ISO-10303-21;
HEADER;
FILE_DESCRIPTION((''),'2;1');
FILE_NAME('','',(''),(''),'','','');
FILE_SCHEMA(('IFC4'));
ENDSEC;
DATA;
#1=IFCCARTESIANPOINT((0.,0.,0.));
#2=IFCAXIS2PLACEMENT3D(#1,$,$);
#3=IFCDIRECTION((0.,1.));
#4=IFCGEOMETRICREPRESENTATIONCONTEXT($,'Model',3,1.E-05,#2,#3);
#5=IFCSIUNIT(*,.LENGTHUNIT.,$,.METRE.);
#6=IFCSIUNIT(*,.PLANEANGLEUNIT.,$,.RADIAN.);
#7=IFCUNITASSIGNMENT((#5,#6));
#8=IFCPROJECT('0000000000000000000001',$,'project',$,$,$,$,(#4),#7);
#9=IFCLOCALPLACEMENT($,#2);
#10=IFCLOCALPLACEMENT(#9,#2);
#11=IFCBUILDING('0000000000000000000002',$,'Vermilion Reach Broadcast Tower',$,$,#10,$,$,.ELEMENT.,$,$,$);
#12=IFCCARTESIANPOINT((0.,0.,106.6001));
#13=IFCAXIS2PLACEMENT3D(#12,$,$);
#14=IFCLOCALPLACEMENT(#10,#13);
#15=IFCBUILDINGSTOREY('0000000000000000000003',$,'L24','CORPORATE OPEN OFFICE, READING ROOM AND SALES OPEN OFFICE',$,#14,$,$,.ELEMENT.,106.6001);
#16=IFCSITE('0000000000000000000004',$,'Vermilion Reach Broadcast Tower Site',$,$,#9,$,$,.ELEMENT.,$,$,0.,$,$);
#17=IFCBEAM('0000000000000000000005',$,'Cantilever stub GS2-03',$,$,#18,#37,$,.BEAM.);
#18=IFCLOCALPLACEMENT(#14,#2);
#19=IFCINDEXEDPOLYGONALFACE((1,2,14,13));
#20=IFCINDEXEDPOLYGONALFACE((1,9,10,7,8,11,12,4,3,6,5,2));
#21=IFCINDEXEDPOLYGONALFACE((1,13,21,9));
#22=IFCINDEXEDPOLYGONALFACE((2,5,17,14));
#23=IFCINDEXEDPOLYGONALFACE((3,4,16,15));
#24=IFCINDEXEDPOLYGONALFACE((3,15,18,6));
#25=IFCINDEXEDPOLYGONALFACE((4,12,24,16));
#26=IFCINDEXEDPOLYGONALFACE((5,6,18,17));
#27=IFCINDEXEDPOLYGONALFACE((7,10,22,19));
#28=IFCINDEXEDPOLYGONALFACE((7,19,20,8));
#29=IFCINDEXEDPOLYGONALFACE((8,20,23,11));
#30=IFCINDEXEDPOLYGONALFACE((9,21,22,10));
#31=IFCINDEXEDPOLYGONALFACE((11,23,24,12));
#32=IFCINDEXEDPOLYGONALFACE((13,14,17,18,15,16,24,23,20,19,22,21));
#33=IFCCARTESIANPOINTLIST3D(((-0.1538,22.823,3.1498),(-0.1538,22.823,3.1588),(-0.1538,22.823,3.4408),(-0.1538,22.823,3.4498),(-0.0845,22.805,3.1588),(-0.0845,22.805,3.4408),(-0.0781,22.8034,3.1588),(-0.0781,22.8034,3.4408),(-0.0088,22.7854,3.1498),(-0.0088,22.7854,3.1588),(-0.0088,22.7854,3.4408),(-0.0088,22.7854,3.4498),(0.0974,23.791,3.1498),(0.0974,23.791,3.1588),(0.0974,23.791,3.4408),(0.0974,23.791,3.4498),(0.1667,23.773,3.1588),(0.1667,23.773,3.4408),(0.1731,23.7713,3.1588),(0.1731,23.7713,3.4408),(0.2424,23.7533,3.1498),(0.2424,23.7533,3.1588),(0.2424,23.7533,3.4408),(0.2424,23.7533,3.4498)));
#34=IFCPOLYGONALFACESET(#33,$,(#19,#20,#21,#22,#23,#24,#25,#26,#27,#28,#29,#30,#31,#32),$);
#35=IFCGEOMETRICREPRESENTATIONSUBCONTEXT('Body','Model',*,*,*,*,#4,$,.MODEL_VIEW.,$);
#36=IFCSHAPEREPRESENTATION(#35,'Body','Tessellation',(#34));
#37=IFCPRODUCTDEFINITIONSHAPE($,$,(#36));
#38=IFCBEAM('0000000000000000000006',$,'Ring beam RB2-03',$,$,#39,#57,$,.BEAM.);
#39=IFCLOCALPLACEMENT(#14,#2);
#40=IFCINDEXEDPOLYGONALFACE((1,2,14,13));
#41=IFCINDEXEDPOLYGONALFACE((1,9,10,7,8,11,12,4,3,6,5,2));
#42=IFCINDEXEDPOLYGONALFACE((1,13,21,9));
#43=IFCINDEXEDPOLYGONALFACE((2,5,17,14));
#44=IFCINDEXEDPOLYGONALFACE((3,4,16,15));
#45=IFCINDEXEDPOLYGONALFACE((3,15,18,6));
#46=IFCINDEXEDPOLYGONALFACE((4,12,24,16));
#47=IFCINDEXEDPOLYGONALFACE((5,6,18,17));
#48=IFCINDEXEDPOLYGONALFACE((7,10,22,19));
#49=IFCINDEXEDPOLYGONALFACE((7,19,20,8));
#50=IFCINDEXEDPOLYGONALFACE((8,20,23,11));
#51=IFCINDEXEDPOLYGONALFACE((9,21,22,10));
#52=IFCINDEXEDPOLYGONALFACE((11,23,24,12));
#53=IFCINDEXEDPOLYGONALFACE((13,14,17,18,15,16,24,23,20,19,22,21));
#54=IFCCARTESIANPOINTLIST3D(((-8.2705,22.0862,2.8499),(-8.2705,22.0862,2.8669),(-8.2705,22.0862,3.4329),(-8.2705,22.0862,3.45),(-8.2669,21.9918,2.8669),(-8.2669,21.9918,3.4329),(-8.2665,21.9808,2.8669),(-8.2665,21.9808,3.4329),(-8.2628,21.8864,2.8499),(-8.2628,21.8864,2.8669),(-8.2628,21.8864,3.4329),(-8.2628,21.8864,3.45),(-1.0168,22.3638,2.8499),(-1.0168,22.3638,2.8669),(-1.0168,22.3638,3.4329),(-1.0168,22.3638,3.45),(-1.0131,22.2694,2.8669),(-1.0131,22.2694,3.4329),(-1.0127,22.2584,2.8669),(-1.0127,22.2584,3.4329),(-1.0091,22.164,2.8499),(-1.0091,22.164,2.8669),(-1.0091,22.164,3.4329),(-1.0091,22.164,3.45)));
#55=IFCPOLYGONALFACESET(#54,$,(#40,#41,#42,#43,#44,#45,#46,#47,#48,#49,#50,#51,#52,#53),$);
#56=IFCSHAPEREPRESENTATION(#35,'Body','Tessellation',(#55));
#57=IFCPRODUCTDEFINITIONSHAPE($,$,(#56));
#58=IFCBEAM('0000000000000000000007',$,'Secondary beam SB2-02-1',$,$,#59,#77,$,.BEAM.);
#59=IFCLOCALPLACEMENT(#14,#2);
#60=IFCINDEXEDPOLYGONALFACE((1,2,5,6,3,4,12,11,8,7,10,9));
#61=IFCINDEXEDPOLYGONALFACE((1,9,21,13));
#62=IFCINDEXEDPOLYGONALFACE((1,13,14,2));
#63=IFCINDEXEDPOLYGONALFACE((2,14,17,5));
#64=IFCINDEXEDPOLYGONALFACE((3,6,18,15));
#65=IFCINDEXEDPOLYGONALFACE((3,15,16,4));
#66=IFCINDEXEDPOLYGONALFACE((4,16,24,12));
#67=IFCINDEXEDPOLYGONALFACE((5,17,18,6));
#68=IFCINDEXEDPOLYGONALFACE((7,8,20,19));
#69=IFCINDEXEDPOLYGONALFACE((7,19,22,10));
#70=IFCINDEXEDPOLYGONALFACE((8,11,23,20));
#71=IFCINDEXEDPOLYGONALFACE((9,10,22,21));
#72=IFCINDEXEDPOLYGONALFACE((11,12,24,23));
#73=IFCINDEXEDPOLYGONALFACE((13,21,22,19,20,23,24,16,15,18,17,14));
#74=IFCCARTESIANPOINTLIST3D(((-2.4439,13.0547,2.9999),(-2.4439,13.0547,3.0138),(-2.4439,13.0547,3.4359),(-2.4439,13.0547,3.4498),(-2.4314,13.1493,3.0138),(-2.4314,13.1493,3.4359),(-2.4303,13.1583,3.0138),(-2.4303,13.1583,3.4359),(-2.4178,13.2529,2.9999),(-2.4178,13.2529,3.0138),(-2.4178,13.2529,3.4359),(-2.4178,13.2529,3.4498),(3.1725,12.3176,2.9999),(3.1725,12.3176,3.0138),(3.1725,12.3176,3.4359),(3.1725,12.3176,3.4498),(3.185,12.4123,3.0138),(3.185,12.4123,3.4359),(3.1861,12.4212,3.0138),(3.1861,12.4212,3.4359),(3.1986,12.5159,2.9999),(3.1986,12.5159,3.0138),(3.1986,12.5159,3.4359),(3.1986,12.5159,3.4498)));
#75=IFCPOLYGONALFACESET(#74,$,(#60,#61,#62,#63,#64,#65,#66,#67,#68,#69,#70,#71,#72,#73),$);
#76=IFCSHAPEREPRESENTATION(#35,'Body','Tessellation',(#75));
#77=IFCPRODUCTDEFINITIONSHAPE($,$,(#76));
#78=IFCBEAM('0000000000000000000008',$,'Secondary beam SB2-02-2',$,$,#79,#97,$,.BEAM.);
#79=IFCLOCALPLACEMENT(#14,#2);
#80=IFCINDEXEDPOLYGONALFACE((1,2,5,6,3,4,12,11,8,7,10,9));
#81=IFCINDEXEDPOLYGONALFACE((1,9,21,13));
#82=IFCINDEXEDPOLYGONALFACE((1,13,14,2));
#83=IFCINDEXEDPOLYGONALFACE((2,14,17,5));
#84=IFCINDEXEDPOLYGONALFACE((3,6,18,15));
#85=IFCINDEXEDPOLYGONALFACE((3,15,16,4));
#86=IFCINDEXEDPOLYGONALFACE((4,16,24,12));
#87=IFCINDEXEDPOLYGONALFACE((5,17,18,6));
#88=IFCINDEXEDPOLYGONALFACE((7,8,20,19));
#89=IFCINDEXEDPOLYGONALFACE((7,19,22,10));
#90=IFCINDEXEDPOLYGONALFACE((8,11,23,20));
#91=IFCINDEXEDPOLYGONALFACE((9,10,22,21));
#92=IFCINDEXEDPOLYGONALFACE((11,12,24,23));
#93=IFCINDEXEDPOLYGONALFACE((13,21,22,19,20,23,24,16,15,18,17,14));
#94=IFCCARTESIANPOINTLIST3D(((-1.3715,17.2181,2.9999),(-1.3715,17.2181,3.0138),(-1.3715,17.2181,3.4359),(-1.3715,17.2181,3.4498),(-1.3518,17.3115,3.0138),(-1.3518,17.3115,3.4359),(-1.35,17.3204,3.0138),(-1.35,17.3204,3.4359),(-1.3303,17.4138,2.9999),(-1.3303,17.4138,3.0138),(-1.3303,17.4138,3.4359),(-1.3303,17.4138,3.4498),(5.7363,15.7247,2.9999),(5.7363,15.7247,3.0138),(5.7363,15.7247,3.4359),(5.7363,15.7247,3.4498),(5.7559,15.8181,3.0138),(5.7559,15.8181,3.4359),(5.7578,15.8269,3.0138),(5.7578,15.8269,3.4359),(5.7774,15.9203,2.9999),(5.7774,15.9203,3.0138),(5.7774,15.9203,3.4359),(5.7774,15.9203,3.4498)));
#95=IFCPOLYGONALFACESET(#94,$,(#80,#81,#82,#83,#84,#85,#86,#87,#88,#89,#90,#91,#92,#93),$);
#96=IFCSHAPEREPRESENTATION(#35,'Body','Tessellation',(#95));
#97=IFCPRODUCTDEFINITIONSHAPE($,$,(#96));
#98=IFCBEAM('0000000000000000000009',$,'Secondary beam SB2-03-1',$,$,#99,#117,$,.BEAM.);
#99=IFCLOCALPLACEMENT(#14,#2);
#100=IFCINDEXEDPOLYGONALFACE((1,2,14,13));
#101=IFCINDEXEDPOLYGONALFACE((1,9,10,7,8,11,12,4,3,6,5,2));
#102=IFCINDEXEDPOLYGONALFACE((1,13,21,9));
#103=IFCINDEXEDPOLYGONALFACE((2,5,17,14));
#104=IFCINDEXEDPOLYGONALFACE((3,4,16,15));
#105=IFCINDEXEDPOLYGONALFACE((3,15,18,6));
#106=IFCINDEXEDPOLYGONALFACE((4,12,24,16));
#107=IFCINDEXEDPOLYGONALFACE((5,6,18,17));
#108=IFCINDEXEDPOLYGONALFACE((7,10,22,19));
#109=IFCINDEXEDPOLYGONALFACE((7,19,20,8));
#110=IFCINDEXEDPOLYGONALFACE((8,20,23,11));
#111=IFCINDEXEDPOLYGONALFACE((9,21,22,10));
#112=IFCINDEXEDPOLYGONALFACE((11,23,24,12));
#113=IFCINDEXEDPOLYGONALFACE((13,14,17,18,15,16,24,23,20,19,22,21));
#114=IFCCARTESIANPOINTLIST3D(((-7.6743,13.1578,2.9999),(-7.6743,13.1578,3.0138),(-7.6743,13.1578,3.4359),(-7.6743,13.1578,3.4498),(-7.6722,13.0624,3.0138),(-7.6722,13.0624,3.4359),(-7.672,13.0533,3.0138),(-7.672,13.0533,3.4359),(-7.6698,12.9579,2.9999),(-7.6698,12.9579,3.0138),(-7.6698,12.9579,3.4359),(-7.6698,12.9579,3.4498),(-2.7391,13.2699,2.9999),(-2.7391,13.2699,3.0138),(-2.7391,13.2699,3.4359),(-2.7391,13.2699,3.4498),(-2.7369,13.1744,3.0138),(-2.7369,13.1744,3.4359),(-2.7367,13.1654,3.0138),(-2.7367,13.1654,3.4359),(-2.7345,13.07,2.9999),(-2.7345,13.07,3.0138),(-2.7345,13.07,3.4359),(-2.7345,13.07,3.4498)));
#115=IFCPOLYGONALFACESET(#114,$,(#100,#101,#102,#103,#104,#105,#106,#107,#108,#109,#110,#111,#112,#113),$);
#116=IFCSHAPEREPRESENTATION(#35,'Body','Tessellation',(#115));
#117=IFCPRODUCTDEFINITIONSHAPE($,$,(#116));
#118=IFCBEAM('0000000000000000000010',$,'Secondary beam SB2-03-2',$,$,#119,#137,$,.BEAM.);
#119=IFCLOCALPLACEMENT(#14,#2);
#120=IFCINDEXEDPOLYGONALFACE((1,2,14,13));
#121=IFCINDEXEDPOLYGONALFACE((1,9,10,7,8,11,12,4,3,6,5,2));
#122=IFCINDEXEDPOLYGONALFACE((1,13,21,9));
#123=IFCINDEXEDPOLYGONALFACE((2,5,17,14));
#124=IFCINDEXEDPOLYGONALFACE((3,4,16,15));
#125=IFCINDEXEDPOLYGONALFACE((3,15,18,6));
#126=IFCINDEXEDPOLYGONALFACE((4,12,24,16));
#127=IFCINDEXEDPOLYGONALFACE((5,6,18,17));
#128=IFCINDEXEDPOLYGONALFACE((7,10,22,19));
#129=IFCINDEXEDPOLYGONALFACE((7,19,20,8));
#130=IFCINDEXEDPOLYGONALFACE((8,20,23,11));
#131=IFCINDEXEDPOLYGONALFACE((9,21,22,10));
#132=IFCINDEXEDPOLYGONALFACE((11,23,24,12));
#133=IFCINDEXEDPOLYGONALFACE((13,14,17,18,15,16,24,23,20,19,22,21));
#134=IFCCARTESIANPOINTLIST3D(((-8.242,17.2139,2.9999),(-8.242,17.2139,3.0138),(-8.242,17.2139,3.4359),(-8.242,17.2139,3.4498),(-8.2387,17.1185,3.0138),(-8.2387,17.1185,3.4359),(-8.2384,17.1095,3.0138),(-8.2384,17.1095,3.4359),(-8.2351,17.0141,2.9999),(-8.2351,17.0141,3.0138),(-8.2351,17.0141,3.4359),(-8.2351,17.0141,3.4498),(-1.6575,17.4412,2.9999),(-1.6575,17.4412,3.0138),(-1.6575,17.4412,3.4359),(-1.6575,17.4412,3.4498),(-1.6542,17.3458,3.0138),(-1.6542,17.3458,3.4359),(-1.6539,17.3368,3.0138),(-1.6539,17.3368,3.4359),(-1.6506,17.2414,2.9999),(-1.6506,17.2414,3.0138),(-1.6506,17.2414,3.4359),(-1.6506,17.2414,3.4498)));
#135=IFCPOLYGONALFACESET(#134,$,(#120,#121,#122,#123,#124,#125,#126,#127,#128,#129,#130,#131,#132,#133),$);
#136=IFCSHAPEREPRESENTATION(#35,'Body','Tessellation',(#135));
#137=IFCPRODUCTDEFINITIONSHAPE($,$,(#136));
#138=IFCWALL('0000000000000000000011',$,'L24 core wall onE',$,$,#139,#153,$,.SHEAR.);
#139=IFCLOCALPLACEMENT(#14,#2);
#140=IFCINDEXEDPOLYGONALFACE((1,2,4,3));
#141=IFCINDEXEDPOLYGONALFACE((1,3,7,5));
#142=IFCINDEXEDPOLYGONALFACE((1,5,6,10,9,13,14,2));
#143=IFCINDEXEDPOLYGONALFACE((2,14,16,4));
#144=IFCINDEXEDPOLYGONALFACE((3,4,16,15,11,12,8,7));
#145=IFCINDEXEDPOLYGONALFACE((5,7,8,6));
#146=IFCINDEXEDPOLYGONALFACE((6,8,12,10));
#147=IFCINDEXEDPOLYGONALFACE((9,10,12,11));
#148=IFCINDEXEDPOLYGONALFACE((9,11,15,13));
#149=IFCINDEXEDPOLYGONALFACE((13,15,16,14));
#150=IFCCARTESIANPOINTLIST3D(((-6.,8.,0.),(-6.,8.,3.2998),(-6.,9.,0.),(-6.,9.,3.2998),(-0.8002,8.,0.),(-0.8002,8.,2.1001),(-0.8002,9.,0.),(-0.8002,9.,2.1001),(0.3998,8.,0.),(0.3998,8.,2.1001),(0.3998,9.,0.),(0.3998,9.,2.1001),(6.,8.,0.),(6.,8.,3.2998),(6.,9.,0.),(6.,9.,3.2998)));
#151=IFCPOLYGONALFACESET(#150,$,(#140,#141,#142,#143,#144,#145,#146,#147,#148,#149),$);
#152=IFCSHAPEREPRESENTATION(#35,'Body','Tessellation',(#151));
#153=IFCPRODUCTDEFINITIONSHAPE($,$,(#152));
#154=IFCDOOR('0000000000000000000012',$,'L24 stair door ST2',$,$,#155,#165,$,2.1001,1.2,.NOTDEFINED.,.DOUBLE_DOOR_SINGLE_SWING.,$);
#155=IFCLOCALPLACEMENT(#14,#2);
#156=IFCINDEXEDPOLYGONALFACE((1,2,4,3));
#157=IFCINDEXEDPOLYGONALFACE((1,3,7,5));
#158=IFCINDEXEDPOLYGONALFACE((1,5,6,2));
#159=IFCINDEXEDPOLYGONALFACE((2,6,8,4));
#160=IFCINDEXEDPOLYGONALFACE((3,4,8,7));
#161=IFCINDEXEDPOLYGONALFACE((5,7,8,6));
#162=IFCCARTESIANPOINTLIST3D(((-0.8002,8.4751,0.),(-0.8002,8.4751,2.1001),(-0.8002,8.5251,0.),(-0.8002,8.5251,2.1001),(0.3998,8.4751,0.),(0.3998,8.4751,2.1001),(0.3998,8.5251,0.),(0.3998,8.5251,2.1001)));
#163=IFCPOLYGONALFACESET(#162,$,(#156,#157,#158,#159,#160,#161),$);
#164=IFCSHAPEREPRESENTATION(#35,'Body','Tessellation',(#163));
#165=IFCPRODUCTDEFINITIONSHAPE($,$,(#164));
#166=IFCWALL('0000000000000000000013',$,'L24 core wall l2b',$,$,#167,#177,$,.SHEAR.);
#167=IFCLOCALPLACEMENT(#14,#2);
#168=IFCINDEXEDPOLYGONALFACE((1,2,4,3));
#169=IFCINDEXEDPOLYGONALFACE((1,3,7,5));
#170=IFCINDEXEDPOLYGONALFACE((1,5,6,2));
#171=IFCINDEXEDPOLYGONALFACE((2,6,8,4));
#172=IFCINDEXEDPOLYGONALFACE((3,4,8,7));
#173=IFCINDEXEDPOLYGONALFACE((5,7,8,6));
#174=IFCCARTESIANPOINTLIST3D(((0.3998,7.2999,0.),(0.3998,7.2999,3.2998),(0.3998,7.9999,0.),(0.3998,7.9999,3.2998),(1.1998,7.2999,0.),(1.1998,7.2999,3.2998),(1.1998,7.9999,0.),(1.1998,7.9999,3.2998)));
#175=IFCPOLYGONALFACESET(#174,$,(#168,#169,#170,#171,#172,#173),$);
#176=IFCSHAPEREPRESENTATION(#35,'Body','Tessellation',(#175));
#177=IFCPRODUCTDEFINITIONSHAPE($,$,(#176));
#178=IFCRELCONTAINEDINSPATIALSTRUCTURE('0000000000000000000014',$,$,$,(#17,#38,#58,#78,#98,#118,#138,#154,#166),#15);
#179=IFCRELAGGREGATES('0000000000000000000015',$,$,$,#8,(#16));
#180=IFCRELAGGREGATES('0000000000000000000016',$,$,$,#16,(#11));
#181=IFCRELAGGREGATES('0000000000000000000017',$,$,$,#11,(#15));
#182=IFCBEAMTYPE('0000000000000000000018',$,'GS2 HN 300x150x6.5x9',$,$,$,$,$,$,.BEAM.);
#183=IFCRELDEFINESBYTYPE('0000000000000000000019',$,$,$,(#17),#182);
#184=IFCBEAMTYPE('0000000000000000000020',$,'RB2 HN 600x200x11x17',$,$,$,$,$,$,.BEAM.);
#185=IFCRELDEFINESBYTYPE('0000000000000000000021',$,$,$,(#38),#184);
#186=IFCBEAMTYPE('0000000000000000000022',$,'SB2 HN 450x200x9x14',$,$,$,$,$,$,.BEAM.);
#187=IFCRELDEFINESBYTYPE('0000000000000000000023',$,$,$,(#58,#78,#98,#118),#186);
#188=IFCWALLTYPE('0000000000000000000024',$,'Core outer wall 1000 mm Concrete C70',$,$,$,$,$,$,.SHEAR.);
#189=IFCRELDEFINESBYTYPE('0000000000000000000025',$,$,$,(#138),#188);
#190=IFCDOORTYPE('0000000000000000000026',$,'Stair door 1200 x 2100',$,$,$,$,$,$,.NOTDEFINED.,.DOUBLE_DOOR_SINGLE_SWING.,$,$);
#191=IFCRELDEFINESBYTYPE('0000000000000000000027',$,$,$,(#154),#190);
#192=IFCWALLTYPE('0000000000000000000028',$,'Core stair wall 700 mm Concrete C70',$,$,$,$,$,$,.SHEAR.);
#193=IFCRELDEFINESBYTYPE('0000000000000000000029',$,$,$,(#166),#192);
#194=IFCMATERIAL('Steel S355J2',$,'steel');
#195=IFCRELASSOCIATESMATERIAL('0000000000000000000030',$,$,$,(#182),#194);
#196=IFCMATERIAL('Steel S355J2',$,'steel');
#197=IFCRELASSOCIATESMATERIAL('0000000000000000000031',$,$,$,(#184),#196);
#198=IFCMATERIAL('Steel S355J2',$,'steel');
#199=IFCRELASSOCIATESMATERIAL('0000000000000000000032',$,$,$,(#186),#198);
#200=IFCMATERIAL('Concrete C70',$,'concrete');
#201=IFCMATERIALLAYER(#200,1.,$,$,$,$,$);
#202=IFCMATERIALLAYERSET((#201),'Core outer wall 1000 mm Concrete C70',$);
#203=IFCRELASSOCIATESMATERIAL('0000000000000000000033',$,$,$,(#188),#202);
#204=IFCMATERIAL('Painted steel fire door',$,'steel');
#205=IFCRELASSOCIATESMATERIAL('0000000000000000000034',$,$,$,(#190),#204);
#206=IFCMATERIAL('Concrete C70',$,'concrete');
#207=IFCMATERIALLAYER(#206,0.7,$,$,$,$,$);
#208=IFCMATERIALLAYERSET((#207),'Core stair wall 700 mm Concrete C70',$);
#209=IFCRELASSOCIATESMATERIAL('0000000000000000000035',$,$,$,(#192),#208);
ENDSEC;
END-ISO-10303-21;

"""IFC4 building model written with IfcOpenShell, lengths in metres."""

from ifc_helpers import new_model, si_unit, direction, frame, frame_2d, origin, origin_2d, place, context, subcontext, project, spatial, rectangle, i_section, extrude, material, layer, layer_set, material_profile, profile_set, type_object, element, fill, save


model = new_model("IFC4")

# Units and contexts
model_context = context("Model", 3, precision=1e-05, world=origin(), true_north=direction((0.0, 1.0)))
body_context = subcontext(model_context, "Body", "Model", "MODEL_VIEW")
ifc_project = project(units=[si_unit("LENGTHUNIT", "METRE"), si_unit("PLANEANGLEUNIT", "RADIAN")], contexts=[model_context])

# Site, building, storey
site_placement = place(None, origin())
site = spatial("IfcSite", under=ifc_project, at=site_placement, Name="Vermilion Reach Broadcast Tower Site", CompositionType="ELEMENT", RefElevation=0.0)
building_placement = place(site_placement, origin())
building = spatial("IfcBuilding", under=site, at=building_placement, Name="Vermilion Reach Broadcast Tower", CompositionType="ELEMENT")
storey_placement = place(building_placement, frame((0.0, 0.0, 106.6001)))
storey = spatial("IfcBuildingStorey", under=building, at=storey_placement, Name="L24", Description="CORPORATE OPEN OFFICE, READING ROOM AND SALES OPEN OFFICE", CompositionType="ELEMENT", Elevation=106.6001)

# Beams
ifc_material_1 = material(Name="Steel S355J2", Category="steel")
ifc_material_profile_1 = material_profile(ifc_material_1, i_section(OverallWidth=0.1499, OverallDepth=0.3, WebThickness=0.0066, FlangeThickness=0.009, at=origin_2d()), Name="S355J2 HN 300x150x6.5x9")
ifc_profile_set_1 = profile_set([ifc_material_profile_1], Name="Steel S355J2")
beam_type_1 = type_object("IfcBeamType", Name="GS2 HN 300x150x6.5x9", PredefinedType="BEAM", material=ifc_profile_set_1)
beam_1_placement = place(storey_placement, frame((-0.0813, 22.8042, 3.2998), z_axis=(0.251199, 0.967935, 0.0), x_axis=(-0.967935, 0.251199, 0.0)))
element("IfcBeam", 1, at=beam_1_placement, inside=storey, type_object=beam_type_1, Name="Cantilever stub GS2-03", PredefinedType="BEAM", context=body_context, shape_type="SweptSolid", body=[
    extrude(i_section(OverallWidth=0.1499, OverallDepth=0.3, WebThickness=0.0066, FlangeThickness=0.009, at=origin_2d()), origin(), (0.0, 0.0, 1.0), 1.0),
])
ifc_material_2 = material(Name="Steel S355J2", Category="steel")
ifc_material_profile_2 = material_profile(ifc_material_2, i_section(OverallWidth=0.2, OverallDepth=0.6001, WebThickness=0.011, FlangeThickness=0.0171, at=origin_2d()), Name="S355J2 HN 600x200x11x17")
ifc_profile_set_2 = profile_set([ifc_material_profile_2], Name="Steel S355J2")
beam_type_2 = type_object("IfcBeamType", Name="RB2 HN 600x200x11x17", PredefinedType="BEAM", material=ifc_profile_set_2)
beam_2_placement = place(storey_placement, frame((-1.0129, 22.2639, 3.1499), z_axis=(-0.999269, -0.038241, 0.0), x_axis=(0.038241, -0.999269, 0.0)))
element("IfcBeam", 2, at=beam_2_placement, inside=storey, type_object=beam_type_2, Name="Ring beam RB2-03", PredefinedType="BEAM", context=body_context, shape_type="SweptSolid", body=[
    extrude(i_section(OverallWidth=0.2, OverallDepth=0.6001, WebThickness=0.011, FlangeThickness=0.0171, at=origin_2d()), origin(), (0.0, 0.0, 1.0), 7.259),
])
ifc_material_3 = material(Name="Steel S355J2", Category="steel")
ifc_material_profile_3 = material_profile(ifc_material_3, i_section(OverallWidth=0.2, OverallDepth=0.45, WebThickness=0.009, FlangeThickness=0.0139, at=origin_2d()), Name="S355J2 HN 450x200x9x14")
ifc_profile_set_3 = profile_set([ifc_material_profile_3], Name="Steel S355J2")
beam_type_3 = type_object("IfcBeamType", Name="SB2 HN 450x200x9x14", PredefinedType="BEAM", material=ifc_profile_set_3)
beam_3_placement = place(storey_placement, frame((3.1855, 12.4167, 3.2249), z_axis=(-0.991499, 0.130117, 0.0), x_axis=(-0.130117, -0.991499, 0.0)))
element("IfcBeam", 3, at=beam_3_placement, inside=storey, type_object=beam_type_3, Name="Secondary beam SB2-02-1", PredefinedType="BEAM", context=body_context, shape_type="SweptSolid", body=[
    extrude(i_section(OverallWidth=0.2, OverallDepth=0.45, WebThickness=0.009, FlangeThickness=0.0139, at=origin_2d()), origin(), (0.0, 0.0, 1.0), 5.6646),
])
beam_4_placement = place(storey_placement, frame((5.7568, 15.8225, 3.2249), z_axis=(-0.978631, 0.205623, 0.0), x_axis=(-0.205623, -0.978631, 0.0)))
element("IfcBeam", 4, at=beam_4_placement, inside=storey, type_object=beam_type_3, Name="Secondary beam SB2-02-2", PredefinedType="BEAM", context=body_context, shape_type="SweptSolid", body=[
    extrude(i_section(OverallWidth=0.2, OverallDepth=0.45, WebThickness=0.009, FlangeThickness=0.0139, at=origin_2d()), origin(), (0.0, 0.0, 1.0), 7.2629),
])
beam_5_placement = place(storey_placement, frame((-2.7368, 13.1699, 3.2249), z_axis=(-0.999742, -0.0227, 0.0), x_axis=(0.0227, -0.999742, 0.0)))
element("IfcBeam", 5, at=beam_5_placement, inside=storey, type_object=beam_type_3, Name="Secondary beam SB2-03-1", PredefinedType="BEAM", context=body_context, shape_type="SweptSolid", body=[
    extrude(i_section(OverallWidth=0.2, OverallDepth=0.45, WebThickness=0.009, FlangeThickness=0.0139, at=origin_2d()), origin(), (0.0, 0.0, 1.0), 4.9365),
])
beam_6_placement = place(storey_placement, frame((-1.6541, 17.3413, 3.2249), z_axis=(-0.999405, -0.034499, 0.0), x_axis=(0.034499, -0.999405, 0.0)))
element("IfcBeam", 6, at=beam_6_placement, inside=storey, type_object=beam_type_3, Name="Secondary beam SB2-03-2", PredefinedType="BEAM", context=body_context, shape_type="SweptSolid", body=[
    extrude(i_section(OverallWidth=0.2, OverallDepth=0.45, WebThickness=0.009, FlangeThickness=0.0139, at=origin_2d()), origin(), (0.0, 0.0, 1.0), 6.5884),
])

# Wall, opening, door
ifc_material_4 = material(Name="Concrete C70", Category="concrete")
ifc_layer_1 = layer(ifc_material_4, 1.0)
ifc_layer_set_1 = layer_set([ifc_layer_1], Name="Core outer wall 1000 mm Concrete C70")
wall_type_1 = type_object("IfcWallType", Name="Core outer wall 1000 mm Concrete C70", PredefinedType="SHEAR", material=ifc_layer_set_1)
wall_1_placement = place(storey_placement, frame((6.0, 8.5, 0.0), z_axis=(0.0, 0.0, 1.0), x_axis=(-1.0, 0.0, 0.0)))
wall_1 = element("IfcWall", 7, at=wall_1_placement, inside=storey, type_object=wall_type_1, Name="L24 core wall onE", PredefinedType="SHEAR", context=body_context, shape_type="SweptSolid", body=[
    extrude(rectangle(XDim=12.0, YDim=1.0, at=frame_2d((6.0, 0.0))), origin(), (0.0, 0.0, 1.0), 3.2998),
])
opening_1_placement = place(wall_1_placement, frame((5.6001, 0.0, 0.0)))
opening_1 = element("IfcOpeningElement", 8, at=opening_1_placement, cuts=wall_1, PredefinedType="OPENING", context=body_context, shape_type="SweptSolid", body=[
    extrude(rectangle(XDim=1.2, YDim=2.1001, at=frame_2d((0.6001, 1.05))), frame((0.0, 0.51, 0.0), z_axis=(0.0, -1.0, 0.0), x_axis=(1.0, 0.0, 0.0)), (0.0, 0.0, 1.0), 1.02),
])
ifc_material_5 = material(Name="Painted steel fire door", Category="steel")
door_type_1 = type_object("IfcDoorType", Name="Stair door 1200 x 2100", OperationType="DOUBLE_DOOR_SINGLE_SWING", PredefinedType="NOTDEFINED", material=ifc_material_5)
door_1_placement = place(opening_1_placement, origin())
door_1 = element("IfcDoor", 9, at=door_1_placement, inside=storey, type_object=door_type_1, Name="L24 stair door ST2", OperationType="DOUBLE_DOOR_SINGLE_SWING", OverallHeight=2.1001, OverallWidth=1.2, PredefinedType="NOTDEFINED", context=body_context, shape_type="SweptSolid", body=[
    extrude(rectangle(XDim=1.2, YDim=2.1001, at=frame_2d((0.6001, 1.05))), frame((0.0, 0.0249, 0.0), z_axis=(0.0, -1.0, 0.0), x_axis=(1.0, 0.0, 0.0)), (0.0, 0.0, 1.0), 0.05),
])
fill(opening_1, door_1)

# Wall
ifc_material_6 = material(Name="Concrete C70", Category="concrete")
ifc_layer_2 = layer(ifc_material_6, 0.7)
ifc_layer_set_2 = layer_set([ifc_layer_2], Name="Core stair wall 700 mm Concrete C70")
wall_type_2 = type_object("IfcWallType", Name="Core stair wall 700 mm Concrete C70", PredefinedType="SHEAR", material=ifc_layer_set_2)
wall_2_placement = place(storey_placement, frame((0.3999, 7.6499, 0.0), z_axis=(0.0, 0.0, 1.0), x_axis=(1.0, 0.0, 0.0)))
element("IfcWall", 10, at=wall_2_placement, inside=storey, type_object=wall_type_2, Name="L24 core wall l2b", PredefinedType="SHEAR", context=body_context, shape_type="SweptSolid", body=[
    extrude(rectangle(XDim=0.8, YDim=0.7, at=frame_2d((0.3999, 0.0))), origin(), (0.0, 0.0, 1.0), 3.2998),
])

save(model, "model.ifc")
